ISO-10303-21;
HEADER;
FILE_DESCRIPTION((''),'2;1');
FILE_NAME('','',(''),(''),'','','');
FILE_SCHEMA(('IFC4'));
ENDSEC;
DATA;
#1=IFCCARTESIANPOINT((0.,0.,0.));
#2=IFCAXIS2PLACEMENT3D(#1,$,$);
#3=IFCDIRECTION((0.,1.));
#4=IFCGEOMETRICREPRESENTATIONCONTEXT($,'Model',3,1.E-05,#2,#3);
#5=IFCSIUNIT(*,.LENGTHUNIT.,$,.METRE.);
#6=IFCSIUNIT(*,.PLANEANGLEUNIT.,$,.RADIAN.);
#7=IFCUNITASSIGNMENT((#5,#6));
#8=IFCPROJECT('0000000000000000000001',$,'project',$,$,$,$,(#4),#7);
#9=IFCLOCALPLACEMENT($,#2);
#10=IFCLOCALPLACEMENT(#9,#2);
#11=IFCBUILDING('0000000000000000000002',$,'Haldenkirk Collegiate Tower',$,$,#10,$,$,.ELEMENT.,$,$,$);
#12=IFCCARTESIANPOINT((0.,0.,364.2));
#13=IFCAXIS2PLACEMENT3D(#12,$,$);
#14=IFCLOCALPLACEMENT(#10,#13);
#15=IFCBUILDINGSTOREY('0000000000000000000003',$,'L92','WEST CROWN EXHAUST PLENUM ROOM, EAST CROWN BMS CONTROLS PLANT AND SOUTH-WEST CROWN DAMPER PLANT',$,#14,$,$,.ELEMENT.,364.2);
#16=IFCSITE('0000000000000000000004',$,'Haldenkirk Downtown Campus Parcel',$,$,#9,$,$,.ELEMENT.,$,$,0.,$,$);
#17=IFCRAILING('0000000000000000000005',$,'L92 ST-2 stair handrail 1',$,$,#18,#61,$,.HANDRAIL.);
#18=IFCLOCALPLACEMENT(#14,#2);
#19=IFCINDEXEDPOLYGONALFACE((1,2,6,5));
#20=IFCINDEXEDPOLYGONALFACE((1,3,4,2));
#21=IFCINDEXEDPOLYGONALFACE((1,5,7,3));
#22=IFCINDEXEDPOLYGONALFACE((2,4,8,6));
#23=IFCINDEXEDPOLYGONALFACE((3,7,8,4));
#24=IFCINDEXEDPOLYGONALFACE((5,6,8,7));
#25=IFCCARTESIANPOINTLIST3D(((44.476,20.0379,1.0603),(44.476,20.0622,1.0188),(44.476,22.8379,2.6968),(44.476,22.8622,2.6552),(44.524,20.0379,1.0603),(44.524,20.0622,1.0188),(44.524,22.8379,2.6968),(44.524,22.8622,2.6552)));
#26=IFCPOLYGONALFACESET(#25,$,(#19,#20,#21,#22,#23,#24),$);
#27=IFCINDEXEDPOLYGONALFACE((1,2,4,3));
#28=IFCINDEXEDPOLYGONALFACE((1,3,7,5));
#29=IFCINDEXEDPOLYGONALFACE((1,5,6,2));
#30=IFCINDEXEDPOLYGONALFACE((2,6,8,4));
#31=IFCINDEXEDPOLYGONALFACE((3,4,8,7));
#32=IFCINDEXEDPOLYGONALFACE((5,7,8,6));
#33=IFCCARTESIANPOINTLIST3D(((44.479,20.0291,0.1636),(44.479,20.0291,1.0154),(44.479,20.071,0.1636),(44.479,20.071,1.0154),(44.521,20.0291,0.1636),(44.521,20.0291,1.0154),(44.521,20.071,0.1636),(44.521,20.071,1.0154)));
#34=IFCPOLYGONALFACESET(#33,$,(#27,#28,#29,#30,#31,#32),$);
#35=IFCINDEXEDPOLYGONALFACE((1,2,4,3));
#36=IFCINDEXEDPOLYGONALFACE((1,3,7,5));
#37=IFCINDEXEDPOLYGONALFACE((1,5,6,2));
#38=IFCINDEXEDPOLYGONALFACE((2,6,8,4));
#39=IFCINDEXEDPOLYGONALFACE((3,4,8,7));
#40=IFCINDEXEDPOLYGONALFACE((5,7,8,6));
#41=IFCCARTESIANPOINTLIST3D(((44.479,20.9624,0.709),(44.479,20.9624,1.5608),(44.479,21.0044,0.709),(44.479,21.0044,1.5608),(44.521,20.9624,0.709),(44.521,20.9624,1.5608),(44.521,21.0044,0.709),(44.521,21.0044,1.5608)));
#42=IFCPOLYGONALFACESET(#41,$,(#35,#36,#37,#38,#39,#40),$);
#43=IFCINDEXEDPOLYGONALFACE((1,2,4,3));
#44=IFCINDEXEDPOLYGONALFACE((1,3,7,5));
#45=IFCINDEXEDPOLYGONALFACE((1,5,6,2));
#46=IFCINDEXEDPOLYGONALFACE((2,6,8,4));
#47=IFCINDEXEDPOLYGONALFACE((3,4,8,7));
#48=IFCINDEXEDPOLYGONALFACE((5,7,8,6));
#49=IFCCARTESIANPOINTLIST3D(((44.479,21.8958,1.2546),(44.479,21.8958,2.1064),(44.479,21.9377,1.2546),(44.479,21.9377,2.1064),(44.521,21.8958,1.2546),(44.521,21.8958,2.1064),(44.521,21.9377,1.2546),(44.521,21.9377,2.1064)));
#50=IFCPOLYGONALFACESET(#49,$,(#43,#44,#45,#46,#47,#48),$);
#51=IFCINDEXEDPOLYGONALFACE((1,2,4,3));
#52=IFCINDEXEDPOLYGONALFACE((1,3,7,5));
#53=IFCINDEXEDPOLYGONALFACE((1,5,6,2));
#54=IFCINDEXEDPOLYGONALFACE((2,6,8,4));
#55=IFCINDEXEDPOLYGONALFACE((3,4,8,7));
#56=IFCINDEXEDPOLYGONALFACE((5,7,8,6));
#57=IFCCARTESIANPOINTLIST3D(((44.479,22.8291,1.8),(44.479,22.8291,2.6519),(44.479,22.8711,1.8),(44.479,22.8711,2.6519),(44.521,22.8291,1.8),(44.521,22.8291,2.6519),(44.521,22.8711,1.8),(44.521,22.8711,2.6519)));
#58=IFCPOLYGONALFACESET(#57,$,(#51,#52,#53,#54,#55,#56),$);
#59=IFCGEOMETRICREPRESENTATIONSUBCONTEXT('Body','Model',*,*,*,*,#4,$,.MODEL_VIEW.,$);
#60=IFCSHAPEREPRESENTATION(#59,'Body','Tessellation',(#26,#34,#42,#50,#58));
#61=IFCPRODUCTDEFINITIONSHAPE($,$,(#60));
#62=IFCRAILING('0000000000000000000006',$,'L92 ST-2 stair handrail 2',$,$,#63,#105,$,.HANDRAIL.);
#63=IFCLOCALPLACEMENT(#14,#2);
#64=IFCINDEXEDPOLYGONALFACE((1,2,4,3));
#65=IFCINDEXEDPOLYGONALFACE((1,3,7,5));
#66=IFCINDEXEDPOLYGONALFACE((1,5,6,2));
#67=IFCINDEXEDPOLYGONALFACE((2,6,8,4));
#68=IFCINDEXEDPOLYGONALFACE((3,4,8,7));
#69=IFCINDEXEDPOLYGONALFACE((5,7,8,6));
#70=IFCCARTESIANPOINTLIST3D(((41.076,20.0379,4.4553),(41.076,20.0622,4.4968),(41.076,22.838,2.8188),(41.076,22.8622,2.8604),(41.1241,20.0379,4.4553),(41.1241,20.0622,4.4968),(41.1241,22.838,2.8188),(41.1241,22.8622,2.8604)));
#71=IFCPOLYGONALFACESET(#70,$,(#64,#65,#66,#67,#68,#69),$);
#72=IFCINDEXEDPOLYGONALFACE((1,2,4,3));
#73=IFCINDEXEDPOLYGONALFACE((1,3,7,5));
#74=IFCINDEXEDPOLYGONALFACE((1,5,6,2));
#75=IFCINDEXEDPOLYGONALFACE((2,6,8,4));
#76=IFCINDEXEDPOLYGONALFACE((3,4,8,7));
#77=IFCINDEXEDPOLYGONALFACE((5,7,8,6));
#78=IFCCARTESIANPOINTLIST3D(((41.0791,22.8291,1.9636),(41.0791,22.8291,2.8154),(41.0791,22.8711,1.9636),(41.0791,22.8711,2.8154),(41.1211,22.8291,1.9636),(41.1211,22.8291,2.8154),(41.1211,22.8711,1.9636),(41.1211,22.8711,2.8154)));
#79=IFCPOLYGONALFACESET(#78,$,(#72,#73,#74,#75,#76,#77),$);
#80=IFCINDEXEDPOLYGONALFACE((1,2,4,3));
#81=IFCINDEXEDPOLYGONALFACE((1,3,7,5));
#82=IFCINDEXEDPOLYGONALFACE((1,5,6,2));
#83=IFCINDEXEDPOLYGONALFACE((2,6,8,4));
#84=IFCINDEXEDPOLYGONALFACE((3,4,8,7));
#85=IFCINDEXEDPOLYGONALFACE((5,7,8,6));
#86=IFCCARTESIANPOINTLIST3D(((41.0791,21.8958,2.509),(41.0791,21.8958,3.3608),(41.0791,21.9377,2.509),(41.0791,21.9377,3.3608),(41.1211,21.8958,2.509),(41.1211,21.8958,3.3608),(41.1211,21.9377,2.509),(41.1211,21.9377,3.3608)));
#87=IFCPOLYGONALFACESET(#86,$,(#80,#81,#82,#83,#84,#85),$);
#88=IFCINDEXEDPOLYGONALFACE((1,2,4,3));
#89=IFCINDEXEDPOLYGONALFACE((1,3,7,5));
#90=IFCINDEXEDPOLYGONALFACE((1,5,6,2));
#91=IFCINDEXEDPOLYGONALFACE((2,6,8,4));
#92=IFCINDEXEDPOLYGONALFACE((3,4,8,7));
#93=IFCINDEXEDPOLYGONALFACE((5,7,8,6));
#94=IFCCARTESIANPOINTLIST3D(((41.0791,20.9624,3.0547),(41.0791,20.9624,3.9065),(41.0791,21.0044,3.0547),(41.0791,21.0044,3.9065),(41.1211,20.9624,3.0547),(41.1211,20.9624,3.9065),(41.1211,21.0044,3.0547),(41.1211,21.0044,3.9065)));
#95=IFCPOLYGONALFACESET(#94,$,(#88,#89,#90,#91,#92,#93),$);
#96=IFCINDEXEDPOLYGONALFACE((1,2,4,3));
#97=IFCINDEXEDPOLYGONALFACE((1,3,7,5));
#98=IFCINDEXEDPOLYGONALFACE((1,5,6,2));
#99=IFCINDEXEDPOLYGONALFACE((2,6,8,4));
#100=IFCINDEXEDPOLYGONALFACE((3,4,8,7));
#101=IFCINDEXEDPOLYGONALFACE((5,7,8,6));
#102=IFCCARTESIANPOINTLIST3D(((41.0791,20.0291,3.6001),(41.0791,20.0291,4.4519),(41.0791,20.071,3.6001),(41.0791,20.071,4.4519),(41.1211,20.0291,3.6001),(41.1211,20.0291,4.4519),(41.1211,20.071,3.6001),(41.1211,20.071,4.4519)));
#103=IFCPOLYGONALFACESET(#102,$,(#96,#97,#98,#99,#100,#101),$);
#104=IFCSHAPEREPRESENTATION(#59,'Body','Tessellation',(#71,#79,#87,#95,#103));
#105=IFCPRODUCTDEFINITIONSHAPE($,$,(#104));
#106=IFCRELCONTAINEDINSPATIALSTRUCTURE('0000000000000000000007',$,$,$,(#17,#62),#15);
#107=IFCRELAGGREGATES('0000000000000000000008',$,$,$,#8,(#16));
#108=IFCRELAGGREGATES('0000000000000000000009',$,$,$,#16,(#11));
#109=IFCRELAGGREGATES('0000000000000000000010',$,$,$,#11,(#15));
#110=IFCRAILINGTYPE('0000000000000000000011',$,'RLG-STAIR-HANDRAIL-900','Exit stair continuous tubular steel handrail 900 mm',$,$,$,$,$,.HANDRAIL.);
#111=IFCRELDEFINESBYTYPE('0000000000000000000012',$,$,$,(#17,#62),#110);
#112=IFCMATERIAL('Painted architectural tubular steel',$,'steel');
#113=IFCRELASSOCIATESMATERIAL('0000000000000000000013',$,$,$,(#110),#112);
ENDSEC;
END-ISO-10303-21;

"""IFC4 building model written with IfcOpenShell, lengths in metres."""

from ifc_helpers import new_model, si_unit, direction, frame, origin, origin_2d, place, context, subcontext, project, spatial, rectangle, extrude, material, type_object, element, save


model = new_model("IFC4")

# Units and contexts
model_context = context("Model", 3, precision=1e-05, world=origin(), true_north=direction((0.0, 1.0)))
body_context = subcontext(model_context, "Body", "Model", "MODEL_VIEW")
ifc_project = project(units=[si_unit("LENGTHUNIT", "METRE"), si_unit("PLANEANGLEUNIT", "RADIAN")], contexts=[model_context])

# Site, building, storey
site_placement = place(None, origin())
site = spatial("IfcSite", under=ifc_project, at=site_placement, Name="Haldenkirk Downtown Campus Parcel", CompositionType="ELEMENT", RefElevation=0.0)
building_placement = place(site_placement, origin())
building = spatial("IfcBuilding", under=site, at=building_placement, Name="Haldenkirk Collegiate Tower", CompositionType="ELEMENT")
storey_placement = place(building_placement, frame((0.0, 0.0, 364.2)))
storey = spatial("IfcBuildingStorey", under=building, at=storey_placement, Name="L92", Description="WEST CROWN EXHAUST PLENUM ROOM, EAST CROWN BMS CONTROLS PLANT AND SOUTH-WEST CROWN DAMPER PLANT", CompositionType="ELEMENT", Elevation=364.2)

# Railings
ifc_material_1 = material(Name="Painted architectural tubular steel", Category="steel")
railing_type_1 = type_object("IfcRailingType", Name="RLG-STAIR-HANDRAIL-900", Description="Exit stair continuous tubular steel handrail 900 mm", PredefinedType="HANDRAIL", material=ifc_material_1)
railing_1_placement = place(storey_placement, frame((44.5, 20.05, 0.1636)))
element("IfcRailing", 1, at=railing_1_placement, inside=storey, type_object=railing_type_1, Name="L92 ST-2 stair handrail 1", PredefinedType="HANDRAIL", context=body_context, shape_type="SweptSolid", body=[
    extrude(rectangle(XDim=0.0481, YDim=0.0481, at=origin_2d()), frame((0.0, 0.0, 0.876), z_axis=(0.0, 0.863361, 0.504587), x_axis=(-1.0, 0.0, 0.0)), (0.0, 0.0, 1.0), 3.2432),
    extrude(rectangle(XDim=0.042, YDim=0.042, at=origin_2d()), origin(), (0.0, 0.0, 1.0), 0.8518),
    extrude(rectangle(XDim=0.042, YDim=0.042, at=origin_2d()), frame((0.0, 0.9333, 0.5454)), (0.0, 0.0, 1.0), 0.8518),
    extrude(rectangle(XDim=0.042, YDim=0.042, at=origin_2d()), frame((0.0, 1.8667, 1.0911)), (0.0, 0.0, 1.0), 0.8518),
    extrude(rectangle(XDim=0.042, YDim=0.042, at=origin_2d()), frame((0.0, 2.8, 1.6365)), (0.0, 0.0, 1.0), 0.8518),
])
railing_2_placement = place(storey_placement, frame((41.1001, 22.8501, 1.9636)))
element("IfcRailing", 2, at=railing_2_placement, inside=storey, type_object=railing_type_1, Name="L92 ST-2 stair handrail 2", PredefinedType="HANDRAIL", context=body_context, shape_type="SweptSolid", body=[
    extrude(rectangle(XDim=0.0481, YDim=0.0481, at=origin_2d()), frame((0.0, 0.0, 0.876), z_axis=(0.0, -0.863361, 0.504587), x_axis=(1.0, 0.0, 0.0)), (0.0, 0.0, 1.0), 3.2432),
    extrude(rectangle(XDim=0.042, YDim=0.042, at=origin_2d()), origin(), (0.0, 0.0, 1.0), 0.8518),
    extrude(rectangle(XDim=0.042, YDim=0.042, at=origin_2d()), frame((0.0, -0.9333, 0.5454)), (0.0, 0.0, 1.0), 0.8518),
    extrude(rectangle(XDim=0.042, YDim=0.042, at=origin_2d()), frame((0.0, -1.8667, 1.0911)), (0.0, 0.0, 1.0), 0.8518),
    extrude(rectangle(XDim=0.042, YDim=0.042, at=origin_2d()), frame((0.0, -2.8, 1.6365)), (0.0, 0.0, 1.0), 0.8518),
])

save(model, "model.ifc")
